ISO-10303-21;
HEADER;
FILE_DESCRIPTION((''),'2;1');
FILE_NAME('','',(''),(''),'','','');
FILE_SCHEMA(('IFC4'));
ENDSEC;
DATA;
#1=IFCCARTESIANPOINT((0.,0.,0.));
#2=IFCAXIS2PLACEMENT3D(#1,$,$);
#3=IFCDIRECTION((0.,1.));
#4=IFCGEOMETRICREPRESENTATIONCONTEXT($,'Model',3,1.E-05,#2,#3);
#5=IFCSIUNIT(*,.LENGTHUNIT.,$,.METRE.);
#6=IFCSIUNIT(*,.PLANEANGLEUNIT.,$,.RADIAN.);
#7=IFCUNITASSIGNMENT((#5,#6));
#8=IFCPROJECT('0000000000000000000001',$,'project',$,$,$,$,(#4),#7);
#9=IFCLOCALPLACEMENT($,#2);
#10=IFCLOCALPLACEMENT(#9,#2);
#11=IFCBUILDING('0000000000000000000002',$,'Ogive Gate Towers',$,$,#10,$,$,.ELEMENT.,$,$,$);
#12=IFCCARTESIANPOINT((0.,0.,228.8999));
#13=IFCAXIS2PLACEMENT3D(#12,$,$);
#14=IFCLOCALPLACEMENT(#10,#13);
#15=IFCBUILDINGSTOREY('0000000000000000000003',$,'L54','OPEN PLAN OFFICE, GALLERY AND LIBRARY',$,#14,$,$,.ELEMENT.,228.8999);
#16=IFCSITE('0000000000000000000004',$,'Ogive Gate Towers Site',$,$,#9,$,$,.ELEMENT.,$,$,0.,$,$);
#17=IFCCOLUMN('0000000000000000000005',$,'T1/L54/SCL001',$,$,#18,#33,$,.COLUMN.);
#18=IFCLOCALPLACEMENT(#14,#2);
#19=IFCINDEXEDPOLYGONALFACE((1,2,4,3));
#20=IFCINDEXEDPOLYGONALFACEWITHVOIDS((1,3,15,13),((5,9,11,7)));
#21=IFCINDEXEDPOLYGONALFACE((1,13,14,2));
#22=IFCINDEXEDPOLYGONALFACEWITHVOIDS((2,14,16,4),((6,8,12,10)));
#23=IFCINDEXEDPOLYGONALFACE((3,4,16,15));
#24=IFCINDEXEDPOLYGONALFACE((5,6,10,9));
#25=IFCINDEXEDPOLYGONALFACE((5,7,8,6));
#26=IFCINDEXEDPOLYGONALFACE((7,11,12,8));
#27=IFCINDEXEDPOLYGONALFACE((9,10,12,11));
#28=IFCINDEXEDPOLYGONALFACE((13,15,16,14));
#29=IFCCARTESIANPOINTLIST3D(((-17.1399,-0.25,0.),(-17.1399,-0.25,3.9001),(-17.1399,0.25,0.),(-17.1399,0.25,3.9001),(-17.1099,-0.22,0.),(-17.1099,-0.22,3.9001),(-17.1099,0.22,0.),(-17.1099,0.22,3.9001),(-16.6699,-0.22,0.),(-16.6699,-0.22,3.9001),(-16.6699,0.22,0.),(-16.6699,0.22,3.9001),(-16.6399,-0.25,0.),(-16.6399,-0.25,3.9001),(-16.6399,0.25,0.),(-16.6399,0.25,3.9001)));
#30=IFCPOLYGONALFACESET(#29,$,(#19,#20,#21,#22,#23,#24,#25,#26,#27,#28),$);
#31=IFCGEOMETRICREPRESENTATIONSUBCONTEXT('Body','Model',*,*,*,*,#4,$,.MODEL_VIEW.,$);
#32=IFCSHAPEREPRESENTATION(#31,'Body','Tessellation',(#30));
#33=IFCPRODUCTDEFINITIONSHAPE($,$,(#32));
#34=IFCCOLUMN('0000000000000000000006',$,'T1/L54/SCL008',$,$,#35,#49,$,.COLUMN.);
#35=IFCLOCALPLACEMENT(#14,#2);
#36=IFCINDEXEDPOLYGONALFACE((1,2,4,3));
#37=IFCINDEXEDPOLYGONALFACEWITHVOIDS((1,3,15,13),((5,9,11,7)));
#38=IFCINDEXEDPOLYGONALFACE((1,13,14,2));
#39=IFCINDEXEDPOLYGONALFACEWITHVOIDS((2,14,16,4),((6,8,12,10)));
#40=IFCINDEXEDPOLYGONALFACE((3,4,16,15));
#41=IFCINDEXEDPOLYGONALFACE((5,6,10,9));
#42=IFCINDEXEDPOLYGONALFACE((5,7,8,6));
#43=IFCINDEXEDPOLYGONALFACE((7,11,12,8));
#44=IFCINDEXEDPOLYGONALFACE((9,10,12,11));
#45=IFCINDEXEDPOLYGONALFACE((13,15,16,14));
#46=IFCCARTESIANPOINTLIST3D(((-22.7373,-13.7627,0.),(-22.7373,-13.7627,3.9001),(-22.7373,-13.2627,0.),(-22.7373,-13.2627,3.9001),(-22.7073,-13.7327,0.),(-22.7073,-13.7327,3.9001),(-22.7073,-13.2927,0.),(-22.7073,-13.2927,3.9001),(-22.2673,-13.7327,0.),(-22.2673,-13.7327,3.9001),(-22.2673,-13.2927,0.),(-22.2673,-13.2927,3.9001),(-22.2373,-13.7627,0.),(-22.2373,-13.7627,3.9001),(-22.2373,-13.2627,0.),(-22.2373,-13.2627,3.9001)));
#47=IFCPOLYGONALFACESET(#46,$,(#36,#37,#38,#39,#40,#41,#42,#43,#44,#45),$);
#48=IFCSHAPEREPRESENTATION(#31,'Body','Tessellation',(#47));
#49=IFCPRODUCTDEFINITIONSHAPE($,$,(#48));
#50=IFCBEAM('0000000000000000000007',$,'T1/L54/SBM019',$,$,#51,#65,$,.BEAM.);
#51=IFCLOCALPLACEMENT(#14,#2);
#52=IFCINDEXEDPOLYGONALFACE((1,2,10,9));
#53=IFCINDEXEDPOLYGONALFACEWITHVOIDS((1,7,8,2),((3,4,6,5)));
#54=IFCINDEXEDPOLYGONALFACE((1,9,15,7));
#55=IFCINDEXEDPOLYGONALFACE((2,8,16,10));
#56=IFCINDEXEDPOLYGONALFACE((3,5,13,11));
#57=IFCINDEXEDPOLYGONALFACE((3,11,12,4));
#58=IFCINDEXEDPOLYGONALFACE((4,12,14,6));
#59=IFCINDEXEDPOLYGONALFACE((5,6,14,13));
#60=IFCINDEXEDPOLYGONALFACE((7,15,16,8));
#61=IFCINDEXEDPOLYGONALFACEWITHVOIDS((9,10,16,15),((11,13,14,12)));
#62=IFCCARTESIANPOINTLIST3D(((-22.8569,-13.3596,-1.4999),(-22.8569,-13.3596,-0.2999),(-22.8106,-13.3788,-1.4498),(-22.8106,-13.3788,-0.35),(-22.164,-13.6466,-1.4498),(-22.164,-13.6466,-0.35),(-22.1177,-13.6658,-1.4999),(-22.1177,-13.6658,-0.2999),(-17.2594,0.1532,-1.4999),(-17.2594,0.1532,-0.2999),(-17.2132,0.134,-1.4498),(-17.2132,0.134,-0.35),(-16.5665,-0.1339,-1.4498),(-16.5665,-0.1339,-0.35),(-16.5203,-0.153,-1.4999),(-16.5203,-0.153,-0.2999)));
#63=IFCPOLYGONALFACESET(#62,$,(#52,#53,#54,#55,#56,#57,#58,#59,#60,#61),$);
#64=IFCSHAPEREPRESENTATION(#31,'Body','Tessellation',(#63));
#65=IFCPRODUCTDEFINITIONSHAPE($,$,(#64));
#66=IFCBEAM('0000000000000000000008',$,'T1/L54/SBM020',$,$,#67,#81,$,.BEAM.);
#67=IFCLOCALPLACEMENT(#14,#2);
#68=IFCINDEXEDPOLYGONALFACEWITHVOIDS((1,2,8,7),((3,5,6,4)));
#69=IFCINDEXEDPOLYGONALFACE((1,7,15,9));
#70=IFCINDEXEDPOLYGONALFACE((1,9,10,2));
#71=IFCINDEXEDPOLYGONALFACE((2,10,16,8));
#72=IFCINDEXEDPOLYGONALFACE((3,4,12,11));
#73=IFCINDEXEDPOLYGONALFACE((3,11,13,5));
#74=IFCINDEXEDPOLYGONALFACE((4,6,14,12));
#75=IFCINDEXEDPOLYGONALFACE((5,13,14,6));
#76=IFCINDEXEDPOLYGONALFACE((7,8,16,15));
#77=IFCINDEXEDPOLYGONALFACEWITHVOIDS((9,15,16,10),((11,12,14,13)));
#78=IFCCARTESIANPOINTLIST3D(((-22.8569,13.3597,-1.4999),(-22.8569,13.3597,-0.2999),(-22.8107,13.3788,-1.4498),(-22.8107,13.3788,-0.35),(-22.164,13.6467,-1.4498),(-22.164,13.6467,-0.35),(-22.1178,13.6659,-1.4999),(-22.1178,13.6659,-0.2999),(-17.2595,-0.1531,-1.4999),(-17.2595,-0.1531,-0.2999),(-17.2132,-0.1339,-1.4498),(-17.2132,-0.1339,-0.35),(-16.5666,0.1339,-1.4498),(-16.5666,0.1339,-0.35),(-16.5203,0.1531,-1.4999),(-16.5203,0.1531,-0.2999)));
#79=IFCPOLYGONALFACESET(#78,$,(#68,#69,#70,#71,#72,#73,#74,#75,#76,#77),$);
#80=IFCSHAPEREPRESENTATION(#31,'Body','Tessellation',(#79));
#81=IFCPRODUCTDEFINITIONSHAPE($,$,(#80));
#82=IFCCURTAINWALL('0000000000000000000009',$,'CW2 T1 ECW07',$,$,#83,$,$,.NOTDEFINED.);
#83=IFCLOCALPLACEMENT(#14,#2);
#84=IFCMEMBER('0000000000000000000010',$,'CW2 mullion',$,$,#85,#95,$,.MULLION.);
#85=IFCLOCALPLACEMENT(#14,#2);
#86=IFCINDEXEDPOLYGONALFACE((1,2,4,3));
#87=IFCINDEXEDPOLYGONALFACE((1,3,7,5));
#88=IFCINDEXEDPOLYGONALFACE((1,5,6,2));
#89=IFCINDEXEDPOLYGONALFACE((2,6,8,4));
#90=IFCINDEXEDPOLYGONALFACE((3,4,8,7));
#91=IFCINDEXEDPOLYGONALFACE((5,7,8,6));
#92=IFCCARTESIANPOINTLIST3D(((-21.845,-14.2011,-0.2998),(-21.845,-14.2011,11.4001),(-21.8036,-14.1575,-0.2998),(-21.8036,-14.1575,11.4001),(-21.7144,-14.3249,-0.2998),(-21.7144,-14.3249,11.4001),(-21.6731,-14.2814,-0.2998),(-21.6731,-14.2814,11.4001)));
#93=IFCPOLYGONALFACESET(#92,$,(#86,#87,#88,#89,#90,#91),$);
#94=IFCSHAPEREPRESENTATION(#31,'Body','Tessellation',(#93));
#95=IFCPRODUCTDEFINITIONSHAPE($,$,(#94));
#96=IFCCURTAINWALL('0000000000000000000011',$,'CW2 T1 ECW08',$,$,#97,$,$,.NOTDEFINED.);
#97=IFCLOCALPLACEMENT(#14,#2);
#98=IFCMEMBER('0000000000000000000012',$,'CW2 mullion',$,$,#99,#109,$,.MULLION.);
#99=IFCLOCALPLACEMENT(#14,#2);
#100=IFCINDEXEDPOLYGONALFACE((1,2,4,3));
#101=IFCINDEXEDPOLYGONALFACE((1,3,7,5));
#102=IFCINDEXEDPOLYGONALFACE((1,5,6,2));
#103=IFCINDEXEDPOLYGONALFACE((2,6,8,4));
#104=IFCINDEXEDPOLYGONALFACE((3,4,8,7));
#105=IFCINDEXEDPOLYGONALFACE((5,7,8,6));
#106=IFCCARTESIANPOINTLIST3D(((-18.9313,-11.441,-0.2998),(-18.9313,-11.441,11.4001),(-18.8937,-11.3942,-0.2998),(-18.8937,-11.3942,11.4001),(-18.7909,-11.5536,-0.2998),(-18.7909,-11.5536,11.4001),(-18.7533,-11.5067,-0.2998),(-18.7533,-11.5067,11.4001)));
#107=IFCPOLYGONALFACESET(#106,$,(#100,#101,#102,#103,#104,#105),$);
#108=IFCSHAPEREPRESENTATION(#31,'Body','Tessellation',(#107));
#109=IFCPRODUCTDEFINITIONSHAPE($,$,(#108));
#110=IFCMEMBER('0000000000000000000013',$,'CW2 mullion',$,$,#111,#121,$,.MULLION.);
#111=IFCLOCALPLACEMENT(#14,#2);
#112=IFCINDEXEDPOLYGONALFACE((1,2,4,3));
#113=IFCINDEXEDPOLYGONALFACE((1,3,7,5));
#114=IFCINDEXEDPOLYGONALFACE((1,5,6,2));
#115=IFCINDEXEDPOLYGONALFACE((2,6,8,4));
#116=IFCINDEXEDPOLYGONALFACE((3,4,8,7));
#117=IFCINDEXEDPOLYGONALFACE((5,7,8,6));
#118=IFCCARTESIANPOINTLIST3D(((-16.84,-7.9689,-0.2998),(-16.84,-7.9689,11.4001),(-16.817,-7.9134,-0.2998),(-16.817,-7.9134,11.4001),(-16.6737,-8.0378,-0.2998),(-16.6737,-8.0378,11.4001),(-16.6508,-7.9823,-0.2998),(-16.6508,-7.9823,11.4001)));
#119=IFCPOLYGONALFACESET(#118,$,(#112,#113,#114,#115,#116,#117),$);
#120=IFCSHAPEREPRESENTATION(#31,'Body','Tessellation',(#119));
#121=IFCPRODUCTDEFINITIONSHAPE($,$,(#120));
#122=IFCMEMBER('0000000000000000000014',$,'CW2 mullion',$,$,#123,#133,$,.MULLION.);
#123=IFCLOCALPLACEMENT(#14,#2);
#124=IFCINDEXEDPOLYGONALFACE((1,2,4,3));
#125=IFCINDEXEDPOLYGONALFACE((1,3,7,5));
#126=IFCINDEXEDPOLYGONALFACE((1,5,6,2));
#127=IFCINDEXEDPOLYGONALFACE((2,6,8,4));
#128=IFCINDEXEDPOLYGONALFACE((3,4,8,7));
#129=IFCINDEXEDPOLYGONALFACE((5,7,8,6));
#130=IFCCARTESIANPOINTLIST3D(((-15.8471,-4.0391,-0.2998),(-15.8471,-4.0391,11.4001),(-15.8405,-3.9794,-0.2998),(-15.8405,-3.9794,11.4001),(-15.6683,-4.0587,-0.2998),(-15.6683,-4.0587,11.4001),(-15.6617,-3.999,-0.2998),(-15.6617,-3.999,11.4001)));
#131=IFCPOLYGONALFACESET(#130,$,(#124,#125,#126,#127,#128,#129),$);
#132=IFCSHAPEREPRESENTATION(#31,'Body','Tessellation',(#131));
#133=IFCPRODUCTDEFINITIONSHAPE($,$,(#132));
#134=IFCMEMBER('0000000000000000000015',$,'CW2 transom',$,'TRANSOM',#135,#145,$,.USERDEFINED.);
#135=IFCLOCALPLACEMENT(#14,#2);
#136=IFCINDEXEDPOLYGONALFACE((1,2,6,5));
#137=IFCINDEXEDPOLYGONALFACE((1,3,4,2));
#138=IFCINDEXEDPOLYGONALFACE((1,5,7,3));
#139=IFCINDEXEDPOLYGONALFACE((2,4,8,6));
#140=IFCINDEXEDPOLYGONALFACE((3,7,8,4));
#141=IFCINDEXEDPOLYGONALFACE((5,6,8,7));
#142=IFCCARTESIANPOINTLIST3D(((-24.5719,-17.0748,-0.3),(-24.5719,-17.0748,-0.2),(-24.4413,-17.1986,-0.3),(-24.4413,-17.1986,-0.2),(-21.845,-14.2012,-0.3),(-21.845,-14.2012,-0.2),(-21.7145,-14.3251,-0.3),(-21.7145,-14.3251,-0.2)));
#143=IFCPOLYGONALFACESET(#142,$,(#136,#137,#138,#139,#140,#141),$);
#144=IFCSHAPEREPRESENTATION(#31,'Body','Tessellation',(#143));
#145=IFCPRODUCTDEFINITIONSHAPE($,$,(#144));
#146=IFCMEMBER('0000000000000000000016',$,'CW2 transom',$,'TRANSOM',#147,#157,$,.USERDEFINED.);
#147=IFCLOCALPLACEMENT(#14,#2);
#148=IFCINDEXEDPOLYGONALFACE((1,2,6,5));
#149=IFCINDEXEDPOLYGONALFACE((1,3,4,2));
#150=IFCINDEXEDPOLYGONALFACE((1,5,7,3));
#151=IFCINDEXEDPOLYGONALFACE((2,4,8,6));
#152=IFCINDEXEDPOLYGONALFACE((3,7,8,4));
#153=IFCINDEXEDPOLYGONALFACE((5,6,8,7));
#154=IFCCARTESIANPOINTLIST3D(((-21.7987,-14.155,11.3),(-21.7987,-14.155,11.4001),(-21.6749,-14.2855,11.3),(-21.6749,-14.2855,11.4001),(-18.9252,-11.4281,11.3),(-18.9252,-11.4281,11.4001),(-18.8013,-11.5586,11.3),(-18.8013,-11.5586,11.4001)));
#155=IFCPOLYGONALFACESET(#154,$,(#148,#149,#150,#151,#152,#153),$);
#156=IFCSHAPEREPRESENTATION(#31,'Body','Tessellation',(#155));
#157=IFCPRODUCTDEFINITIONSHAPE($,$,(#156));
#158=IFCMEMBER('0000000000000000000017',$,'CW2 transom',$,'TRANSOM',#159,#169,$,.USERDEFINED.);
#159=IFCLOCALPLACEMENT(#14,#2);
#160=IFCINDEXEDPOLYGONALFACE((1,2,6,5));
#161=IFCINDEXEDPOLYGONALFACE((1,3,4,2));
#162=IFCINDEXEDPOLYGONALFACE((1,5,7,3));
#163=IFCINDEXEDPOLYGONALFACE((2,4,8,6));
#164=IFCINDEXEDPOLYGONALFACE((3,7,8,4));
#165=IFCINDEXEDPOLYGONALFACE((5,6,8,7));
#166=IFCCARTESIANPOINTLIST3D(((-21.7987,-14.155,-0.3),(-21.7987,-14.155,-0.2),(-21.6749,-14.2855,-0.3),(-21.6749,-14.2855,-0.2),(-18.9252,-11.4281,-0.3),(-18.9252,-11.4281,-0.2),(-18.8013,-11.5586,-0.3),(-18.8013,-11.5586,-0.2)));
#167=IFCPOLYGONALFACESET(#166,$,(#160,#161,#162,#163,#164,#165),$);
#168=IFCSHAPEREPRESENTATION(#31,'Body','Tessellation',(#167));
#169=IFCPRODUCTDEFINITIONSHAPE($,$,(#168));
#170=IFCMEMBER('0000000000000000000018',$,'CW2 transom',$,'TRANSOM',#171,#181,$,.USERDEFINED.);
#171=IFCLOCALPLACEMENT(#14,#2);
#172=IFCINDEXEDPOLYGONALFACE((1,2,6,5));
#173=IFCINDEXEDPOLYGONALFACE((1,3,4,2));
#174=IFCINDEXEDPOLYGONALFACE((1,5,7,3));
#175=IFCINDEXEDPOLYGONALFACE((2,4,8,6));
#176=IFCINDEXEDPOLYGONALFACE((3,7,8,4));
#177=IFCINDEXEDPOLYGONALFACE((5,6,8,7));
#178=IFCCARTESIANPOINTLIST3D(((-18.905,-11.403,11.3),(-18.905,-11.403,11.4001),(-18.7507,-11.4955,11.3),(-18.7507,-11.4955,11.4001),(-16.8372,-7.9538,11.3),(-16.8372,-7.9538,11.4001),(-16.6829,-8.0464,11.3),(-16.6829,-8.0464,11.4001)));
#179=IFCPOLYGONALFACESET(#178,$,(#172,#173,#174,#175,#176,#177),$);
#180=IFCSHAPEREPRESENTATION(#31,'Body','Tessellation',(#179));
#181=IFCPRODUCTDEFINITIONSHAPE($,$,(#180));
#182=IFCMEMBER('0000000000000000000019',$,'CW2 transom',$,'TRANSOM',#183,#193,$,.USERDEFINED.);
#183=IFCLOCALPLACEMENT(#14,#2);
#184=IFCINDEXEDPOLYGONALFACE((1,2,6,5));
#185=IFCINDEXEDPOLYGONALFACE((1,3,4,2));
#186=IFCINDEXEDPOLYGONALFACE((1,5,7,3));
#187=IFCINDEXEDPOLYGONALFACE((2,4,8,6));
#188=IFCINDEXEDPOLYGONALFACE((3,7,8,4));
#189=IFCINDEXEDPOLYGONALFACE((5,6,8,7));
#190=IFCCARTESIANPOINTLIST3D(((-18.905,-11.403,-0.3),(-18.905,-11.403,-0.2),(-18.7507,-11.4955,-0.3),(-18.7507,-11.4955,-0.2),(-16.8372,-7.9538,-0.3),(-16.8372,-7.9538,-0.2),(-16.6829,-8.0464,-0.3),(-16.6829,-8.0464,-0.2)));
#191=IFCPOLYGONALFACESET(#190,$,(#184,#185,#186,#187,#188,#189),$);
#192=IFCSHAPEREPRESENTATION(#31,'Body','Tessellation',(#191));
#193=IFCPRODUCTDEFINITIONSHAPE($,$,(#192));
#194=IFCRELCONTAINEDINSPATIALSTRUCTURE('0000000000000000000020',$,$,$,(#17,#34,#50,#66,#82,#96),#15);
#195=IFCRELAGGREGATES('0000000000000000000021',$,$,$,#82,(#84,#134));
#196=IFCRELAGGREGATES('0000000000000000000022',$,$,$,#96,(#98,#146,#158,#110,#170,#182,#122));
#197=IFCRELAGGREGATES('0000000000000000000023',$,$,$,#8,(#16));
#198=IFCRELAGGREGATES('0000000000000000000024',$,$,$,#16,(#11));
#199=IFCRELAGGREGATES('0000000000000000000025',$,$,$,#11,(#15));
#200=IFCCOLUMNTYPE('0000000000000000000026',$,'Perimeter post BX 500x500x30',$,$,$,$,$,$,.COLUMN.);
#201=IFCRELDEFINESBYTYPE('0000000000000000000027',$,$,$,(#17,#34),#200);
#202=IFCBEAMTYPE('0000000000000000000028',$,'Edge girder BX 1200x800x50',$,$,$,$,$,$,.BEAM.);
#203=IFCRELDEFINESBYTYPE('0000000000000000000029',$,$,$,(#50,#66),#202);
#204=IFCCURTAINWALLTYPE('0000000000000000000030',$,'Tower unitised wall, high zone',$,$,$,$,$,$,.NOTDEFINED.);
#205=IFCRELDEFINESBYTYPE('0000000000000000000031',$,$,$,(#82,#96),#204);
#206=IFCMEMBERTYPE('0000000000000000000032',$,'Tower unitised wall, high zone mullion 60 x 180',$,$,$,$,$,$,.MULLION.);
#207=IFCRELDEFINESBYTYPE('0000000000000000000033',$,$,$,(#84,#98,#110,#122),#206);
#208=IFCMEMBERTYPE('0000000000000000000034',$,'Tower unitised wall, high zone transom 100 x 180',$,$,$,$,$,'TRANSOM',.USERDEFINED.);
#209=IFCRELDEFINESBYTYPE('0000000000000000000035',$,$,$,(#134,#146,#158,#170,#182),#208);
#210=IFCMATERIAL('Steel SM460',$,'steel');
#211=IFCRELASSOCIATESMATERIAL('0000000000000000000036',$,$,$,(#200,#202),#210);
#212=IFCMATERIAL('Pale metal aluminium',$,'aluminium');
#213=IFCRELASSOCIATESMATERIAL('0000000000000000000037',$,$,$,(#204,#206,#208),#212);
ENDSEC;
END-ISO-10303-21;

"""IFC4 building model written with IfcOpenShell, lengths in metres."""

from ifc_helpers import new_model, si_unit, direction, frame, origin, origin_2d, place, context, subcontext, project, spatial, rectangle, hollow_rectangle, extrude, material, material_profile, profile_set, type_object, element, aggregate, save


model = new_model("IFC4")

# Units and contexts
model_context = context("Model", 3, precision=1e-05, world=origin(), true_north=direction((0.0, 1.0)))
body_context = subcontext(model_context, "Body", "Model", "MODEL_VIEW")
ifc_project = project(units=[si_unit("LENGTHUNIT", "METRE"), si_unit("PLANEANGLEUNIT", "RADIAN")], contexts=[model_context])

# Site, building, storey
site_placement = place(None, origin())
site = spatial("IfcSite", under=ifc_project, at=site_placement, Name="Ogive Gate Towers Site", CompositionType="ELEMENT", RefElevation=0.0)
building_placement = place(site_placement, origin())
building = spatial("IfcBuilding", under=site, at=building_placement, Name="Ogive Gate Towers", CompositionType="ELEMENT")
storey_placement = place(building_placement, frame((0.0, 0.0, 228.8999)))
storey = spatial("IfcBuildingStorey", under=building, at=storey_placement, Name="L54", Description="OPEN PLAN OFFICE, GALLERY AND LIBRARY", CompositionType="ELEMENT", Elevation=228.8999)

# Columns
ifc_material_1 = material(Name="Steel SM460", Category="steel")
ifc_material_profile_1 = material_profile(ifc_material_1, hollow_rectangle(XDim=0.5, YDim=0.5, WallThickness=0.03, at=origin_2d()), Name="BX 500x500x30")
ifc_profile_set_1 = profile_set([ifc_material_profile_1], Name="Steel SM460")
column_type = type_object("IfcColumnType", Name="Perimeter post BX 500x500x30", PredefinedType="COLUMN", material=ifc_profile_set_1)
for number, where, z_axis, x_axis, name in (
    (1, (-16.8899, 0.0, 0.0), (0.0, 0.0, 1.0), (1.0, 0.0, 0.0), "T1/L54/SCL001"),
    (2, (-22.4873, -13.5127, 0.0), (0.0, 0.0, 1.0), (1.0, 0.0, 0.0), "T1/L54/SCL008"),
):
    element("IfcColumn", number, at=place(storey_placement, frame(where, z_axis=z_axis, x_axis=x_axis)), inside=storey, type_object=column_type, Name=name, PredefinedType="COLUMN", context=body_context, shape_type="SweptSolid", body=[
        extrude(hollow_rectangle(XDim=0.5, YDim=0.5, WallThickness=0.03, at=origin_2d()), origin(), (0.0, 0.0, 1.0), 3.9001),
    ])

# Beams
ifc_material_profile_2 = material_profile(ifc_material_1, hollow_rectangle(XDim=0.8, YDim=1.2, WallThickness=0.05, at=origin_2d()), Name="BX 1200x800x50")
ifc_profile_set_2 = profile_set([ifc_material_profile_2], Name="Steel SM460")
beam_type = type_object("IfcBeamType", Name="Edge girder BX 1200x800x50", PredefinedType="BEAM", material=ifc_profile_set_2)
for number, where, z_axis, x_axis, name in (
    (3, (-22.4873, -13.5127, -0.8999), (0.382699, 0.923873, 0.0), (-0.923873, 0.382699, 0.0), "T1/L54/SBM019"),
    (4, (-16.8899, 0.0, -0.8999), (-0.382699, 0.923873, 0.0), (-0.923873, -0.382699, 0.0), "T1/L54/SBM020"),
):
    element("IfcBeam", number, at=place(storey_placement, frame(where, z_axis=z_axis, x_axis=x_axis)), inside=storey, type_object=beam_type, Name=name, PredefinedType="BEAM", context=body_context, shape_type="SweptSolid", body=[
        extrude(hollow_rectangle(XDim=0.8, YDim=1.2, WallThickness=0.05, at=origin_2d()), origin(), (0.0, 0.0, 1.0), 14.6262),
    ])

# Curtain wall, member
ifc_material_2 = material(Name="Pale metal aluminium", Category="aluminium")
curtain_wall_type = type_object("IfcCurtainWallType", Name="Tower unitised wall, high zone", PredefinedType="NOTDEFINED", material=ifc_material_2)
curtain_wall_1_placement = place(storey_placement, origin())
curtain_wall_1 = element("IfcCurtainWall", 5, at=curtain_wall_1_placement, inside=storey, type_object=curtain_wall_type, Name="CW2 T1 ECW07", PredefinedType="NOTDEFINED")
ifc_material_profile_3 = material_profile(ifc_material_2, rectangle(XDim=0.1799, YDim=0.0601, at=origin_2d()), Name="60 x 180 aluminium box")
ifc_profile_set_3 = profile_set([ifc_material_profile_3], Name="Pale metal aluminium")
member_type_1 = type_object("IfcMemberType", Name="Tower unitised wall, high zone mullion 60 x 180", PredefinedType="MULLION", material=ifc_profile_set_3)
member_1_placement = place(storey_placement, frame((-21.759, -14.2412, -0.2998), z_axis=(0.0, 0.0, 1.0), x_axis=(0.725398, -0.688329, 0.0)))
member_1 = element("IfcMember", 6, at=member_1_placement, type_object=member_type_1, Name="CW2 mullion", PredefinedType="MULLION", context=body_context, shape_type="SweptSolid", body=[
    extrude(rectangle(XDim=0.1799, YDim=0.0601, at=origin_2d()), origin(), (0.0, 0.0, 1.0), 11.7),
])

# Curtain wall, members
curtain_wall_2_placement = place(storey_placement, origin())
curtain_wall_2 = element("IfcCurtainWall", 7, at=curtain_wall_2_placement, inside=storey, type_object=curtain_wall_type, Name="CW2 T1 ECW08", PredefinedType="NOTDEFINED")
member_2_placement = place(storey_placement, frame((-18.8423, -11.4739, -0.2998), z_axis=(0.0, 0.0, 1.0), x_axis=(0.780201, -0.625529, 0.0)))
member_2 = element("IfcMember", 8, at=member_2_placement, type_object=member_type_1, Name="CW2 mullion", PredefinedType="MULLION", context=body_context, shape_type="SweptSolid", body=[
    extrude(rectangle(XDim=0.1799, YDim=0.0601, at=origin_2d()), origin(), (0.0, 0.0, 1.0), 11.7),
])
member_3_placement = place(storey_placement, frame((-16.7454, -7.9756, -0.2998), z_axis=(0.0, 0.0, 1.0), x_axis=(0.923873, -0.3827, 0.0)))
member_3 = element("IfcMember", 9, at=member_3_placement, type_object=member_type_1, Name="CW2 mullion", PredefinedType="MULLION", context=body_context, shape_type="SweptSolid", body=[
    extrude(rectangle(XDim=0.1799, YDim=0.0601, at=origin_2d()), origin(), (0.0, 0.0, 1.0), 11.7),
])
member_4_placement = place(storey_placement, frame((-15.7544, -4.019, -0.2998), z_axis=(0.0, 0.0, 1.0), x_axis=(0.994001, -0.10937, 0.0)))
member_4 = element("IfcMember", 10, at=member_4_placement, type_object=member_type_1, Name="CW2 mullion", PredefinedType="MULLION", context=body_context, shape_type="SweptSolid", body=[
    extrude(rectangle(XDim=0.1799, YDim=0.0601, at=origin_2d()), origin(), (0.0, 0.0, 1.0), 11.7),
])

# Members
ifc_material_profile_4 = material_profile(ifc_material_2, rectangle(XDim=0.1799, YDim=0.1001, at=origin_2d()), Name="100 x 180 aluminium box")
ifc_profile_set_4 = profile_set([ifc_material_profile_4], Name="Pale metal aluminium")
member_type_2 = type_object("IfcMemberType", Name="Tower unitised wall, high zone transom 100 x 180", ElementType="TRANSOM", PredefinedType="USERDEFINED", material=ifc_profile_set_4)
member_5_placement = place(storey_placement, frame((-24.5066, -17.1367, -0.25), z_axis=(0.688344, 0.725384, 0.0), x_axis=(-0.725384, 0.688344, 0.0)))
member_5 = element("IfcMember", 11, at=member_5_placement, type_object=member_type_2, Name="CW2 transom", ObjectType="TRANSOM", PredefinedType="USERDEFINED", context=body_context, shape_type="SweptSolid", body=[
    extrude(rectangle(XDim=0.1799, YDim=0.1001, at=origin_2d()), origin(), (0.0, 0.0, 1.0), 3.9614),
])
member_6_placement = place(storey_placement, frame((-21.7368, -14.2202, 11.3501), z_axis=(0.725384, 0.688344, 0.0), x_axis=(-0.688344, 0.725384, 0.0)))
member_6 = element("IfcMember", 12, at=member_6_placement, type_object=member_type_2, Name="CW2 transom", ObjectType="TRANSOM", PredefinedType="USERDEFINED", context=body_context, shape_type="SweptSolid", body=[
    extrude(rectangle(XDim=0.1799, YDim=0.1001, at=origin_2d()), origin(), (0.0, 0.0, 1.0), 3.9614),
])
member_7_placement = place(storey_placement, frame((-21.7368, -14.2202, -0.25), z_axis=(0.725384, 0.688344, 0.0), x_axis=(-0.688344, 0.725384, 0.0)))
member_7 = element("IfcMember", 13, at=member_7_placement, type_object=member_type_2, Name="CW2 transom", ObjectType="TRANSOM", PredefinedType="USERDEFINED", context=body_context, shape_type="SweptSolid", body=[
    extrude(rectangle(XDim=0.1799, YDim=0.1001, at=origin_2d()), origin(), (0.0, 0.0, 1.0), 3.9614),
])
member_8_placement = place(storey_placement, frame((-18.8279, -11.4492, 11.3501), z_axis=(0.514192, 0.857675, 0.0), x_axis=(-0.857675, 0.514192, 0.0)))
member_8 = element("IfcMember", 14, at=member_8_placement, type_object=member_type_2, Name="CW2 transom", ObjectType="TRANSOM", PredefinedType="USERDEFINED", context=body_context, shape_type="SweptSolid", body=[
    extrude(rectangle(XDim=0.1799, YDim=0.1001, at=origin_2d()), origin(), (0.0, 0.0, 1.0), 4.0215),
])
member_9_placement = place(storey_placement, frame((-18.8279, -11.4492, -0.25), z_axis=(0.514192, 0.857675, 0.0), x_axis=(-0.857675, 0.514192, 0.0)))
member_9 = element("IfcMember", 15, at=member_9_placement, type_object=member_type_2, Name="CW2 transom", ObjectType="TRANSOM", PredefinedType="USERDEFINED", context=body_context, shape_type="SweptSolid", body=[
    extrude(rectangle(XDim=0.1799, YDim=0.1001, at=origin_2d()), origin(), (0.0, 0.0, 1.0), 4.0215),
])

aggregate(curtain_wall_1, [member_1, member_5])
aggregate(curtain_wall_2, [member_2, member_6, member_7, member_3, member_8, member_9, member_4])

save(model, "model.ifc")
